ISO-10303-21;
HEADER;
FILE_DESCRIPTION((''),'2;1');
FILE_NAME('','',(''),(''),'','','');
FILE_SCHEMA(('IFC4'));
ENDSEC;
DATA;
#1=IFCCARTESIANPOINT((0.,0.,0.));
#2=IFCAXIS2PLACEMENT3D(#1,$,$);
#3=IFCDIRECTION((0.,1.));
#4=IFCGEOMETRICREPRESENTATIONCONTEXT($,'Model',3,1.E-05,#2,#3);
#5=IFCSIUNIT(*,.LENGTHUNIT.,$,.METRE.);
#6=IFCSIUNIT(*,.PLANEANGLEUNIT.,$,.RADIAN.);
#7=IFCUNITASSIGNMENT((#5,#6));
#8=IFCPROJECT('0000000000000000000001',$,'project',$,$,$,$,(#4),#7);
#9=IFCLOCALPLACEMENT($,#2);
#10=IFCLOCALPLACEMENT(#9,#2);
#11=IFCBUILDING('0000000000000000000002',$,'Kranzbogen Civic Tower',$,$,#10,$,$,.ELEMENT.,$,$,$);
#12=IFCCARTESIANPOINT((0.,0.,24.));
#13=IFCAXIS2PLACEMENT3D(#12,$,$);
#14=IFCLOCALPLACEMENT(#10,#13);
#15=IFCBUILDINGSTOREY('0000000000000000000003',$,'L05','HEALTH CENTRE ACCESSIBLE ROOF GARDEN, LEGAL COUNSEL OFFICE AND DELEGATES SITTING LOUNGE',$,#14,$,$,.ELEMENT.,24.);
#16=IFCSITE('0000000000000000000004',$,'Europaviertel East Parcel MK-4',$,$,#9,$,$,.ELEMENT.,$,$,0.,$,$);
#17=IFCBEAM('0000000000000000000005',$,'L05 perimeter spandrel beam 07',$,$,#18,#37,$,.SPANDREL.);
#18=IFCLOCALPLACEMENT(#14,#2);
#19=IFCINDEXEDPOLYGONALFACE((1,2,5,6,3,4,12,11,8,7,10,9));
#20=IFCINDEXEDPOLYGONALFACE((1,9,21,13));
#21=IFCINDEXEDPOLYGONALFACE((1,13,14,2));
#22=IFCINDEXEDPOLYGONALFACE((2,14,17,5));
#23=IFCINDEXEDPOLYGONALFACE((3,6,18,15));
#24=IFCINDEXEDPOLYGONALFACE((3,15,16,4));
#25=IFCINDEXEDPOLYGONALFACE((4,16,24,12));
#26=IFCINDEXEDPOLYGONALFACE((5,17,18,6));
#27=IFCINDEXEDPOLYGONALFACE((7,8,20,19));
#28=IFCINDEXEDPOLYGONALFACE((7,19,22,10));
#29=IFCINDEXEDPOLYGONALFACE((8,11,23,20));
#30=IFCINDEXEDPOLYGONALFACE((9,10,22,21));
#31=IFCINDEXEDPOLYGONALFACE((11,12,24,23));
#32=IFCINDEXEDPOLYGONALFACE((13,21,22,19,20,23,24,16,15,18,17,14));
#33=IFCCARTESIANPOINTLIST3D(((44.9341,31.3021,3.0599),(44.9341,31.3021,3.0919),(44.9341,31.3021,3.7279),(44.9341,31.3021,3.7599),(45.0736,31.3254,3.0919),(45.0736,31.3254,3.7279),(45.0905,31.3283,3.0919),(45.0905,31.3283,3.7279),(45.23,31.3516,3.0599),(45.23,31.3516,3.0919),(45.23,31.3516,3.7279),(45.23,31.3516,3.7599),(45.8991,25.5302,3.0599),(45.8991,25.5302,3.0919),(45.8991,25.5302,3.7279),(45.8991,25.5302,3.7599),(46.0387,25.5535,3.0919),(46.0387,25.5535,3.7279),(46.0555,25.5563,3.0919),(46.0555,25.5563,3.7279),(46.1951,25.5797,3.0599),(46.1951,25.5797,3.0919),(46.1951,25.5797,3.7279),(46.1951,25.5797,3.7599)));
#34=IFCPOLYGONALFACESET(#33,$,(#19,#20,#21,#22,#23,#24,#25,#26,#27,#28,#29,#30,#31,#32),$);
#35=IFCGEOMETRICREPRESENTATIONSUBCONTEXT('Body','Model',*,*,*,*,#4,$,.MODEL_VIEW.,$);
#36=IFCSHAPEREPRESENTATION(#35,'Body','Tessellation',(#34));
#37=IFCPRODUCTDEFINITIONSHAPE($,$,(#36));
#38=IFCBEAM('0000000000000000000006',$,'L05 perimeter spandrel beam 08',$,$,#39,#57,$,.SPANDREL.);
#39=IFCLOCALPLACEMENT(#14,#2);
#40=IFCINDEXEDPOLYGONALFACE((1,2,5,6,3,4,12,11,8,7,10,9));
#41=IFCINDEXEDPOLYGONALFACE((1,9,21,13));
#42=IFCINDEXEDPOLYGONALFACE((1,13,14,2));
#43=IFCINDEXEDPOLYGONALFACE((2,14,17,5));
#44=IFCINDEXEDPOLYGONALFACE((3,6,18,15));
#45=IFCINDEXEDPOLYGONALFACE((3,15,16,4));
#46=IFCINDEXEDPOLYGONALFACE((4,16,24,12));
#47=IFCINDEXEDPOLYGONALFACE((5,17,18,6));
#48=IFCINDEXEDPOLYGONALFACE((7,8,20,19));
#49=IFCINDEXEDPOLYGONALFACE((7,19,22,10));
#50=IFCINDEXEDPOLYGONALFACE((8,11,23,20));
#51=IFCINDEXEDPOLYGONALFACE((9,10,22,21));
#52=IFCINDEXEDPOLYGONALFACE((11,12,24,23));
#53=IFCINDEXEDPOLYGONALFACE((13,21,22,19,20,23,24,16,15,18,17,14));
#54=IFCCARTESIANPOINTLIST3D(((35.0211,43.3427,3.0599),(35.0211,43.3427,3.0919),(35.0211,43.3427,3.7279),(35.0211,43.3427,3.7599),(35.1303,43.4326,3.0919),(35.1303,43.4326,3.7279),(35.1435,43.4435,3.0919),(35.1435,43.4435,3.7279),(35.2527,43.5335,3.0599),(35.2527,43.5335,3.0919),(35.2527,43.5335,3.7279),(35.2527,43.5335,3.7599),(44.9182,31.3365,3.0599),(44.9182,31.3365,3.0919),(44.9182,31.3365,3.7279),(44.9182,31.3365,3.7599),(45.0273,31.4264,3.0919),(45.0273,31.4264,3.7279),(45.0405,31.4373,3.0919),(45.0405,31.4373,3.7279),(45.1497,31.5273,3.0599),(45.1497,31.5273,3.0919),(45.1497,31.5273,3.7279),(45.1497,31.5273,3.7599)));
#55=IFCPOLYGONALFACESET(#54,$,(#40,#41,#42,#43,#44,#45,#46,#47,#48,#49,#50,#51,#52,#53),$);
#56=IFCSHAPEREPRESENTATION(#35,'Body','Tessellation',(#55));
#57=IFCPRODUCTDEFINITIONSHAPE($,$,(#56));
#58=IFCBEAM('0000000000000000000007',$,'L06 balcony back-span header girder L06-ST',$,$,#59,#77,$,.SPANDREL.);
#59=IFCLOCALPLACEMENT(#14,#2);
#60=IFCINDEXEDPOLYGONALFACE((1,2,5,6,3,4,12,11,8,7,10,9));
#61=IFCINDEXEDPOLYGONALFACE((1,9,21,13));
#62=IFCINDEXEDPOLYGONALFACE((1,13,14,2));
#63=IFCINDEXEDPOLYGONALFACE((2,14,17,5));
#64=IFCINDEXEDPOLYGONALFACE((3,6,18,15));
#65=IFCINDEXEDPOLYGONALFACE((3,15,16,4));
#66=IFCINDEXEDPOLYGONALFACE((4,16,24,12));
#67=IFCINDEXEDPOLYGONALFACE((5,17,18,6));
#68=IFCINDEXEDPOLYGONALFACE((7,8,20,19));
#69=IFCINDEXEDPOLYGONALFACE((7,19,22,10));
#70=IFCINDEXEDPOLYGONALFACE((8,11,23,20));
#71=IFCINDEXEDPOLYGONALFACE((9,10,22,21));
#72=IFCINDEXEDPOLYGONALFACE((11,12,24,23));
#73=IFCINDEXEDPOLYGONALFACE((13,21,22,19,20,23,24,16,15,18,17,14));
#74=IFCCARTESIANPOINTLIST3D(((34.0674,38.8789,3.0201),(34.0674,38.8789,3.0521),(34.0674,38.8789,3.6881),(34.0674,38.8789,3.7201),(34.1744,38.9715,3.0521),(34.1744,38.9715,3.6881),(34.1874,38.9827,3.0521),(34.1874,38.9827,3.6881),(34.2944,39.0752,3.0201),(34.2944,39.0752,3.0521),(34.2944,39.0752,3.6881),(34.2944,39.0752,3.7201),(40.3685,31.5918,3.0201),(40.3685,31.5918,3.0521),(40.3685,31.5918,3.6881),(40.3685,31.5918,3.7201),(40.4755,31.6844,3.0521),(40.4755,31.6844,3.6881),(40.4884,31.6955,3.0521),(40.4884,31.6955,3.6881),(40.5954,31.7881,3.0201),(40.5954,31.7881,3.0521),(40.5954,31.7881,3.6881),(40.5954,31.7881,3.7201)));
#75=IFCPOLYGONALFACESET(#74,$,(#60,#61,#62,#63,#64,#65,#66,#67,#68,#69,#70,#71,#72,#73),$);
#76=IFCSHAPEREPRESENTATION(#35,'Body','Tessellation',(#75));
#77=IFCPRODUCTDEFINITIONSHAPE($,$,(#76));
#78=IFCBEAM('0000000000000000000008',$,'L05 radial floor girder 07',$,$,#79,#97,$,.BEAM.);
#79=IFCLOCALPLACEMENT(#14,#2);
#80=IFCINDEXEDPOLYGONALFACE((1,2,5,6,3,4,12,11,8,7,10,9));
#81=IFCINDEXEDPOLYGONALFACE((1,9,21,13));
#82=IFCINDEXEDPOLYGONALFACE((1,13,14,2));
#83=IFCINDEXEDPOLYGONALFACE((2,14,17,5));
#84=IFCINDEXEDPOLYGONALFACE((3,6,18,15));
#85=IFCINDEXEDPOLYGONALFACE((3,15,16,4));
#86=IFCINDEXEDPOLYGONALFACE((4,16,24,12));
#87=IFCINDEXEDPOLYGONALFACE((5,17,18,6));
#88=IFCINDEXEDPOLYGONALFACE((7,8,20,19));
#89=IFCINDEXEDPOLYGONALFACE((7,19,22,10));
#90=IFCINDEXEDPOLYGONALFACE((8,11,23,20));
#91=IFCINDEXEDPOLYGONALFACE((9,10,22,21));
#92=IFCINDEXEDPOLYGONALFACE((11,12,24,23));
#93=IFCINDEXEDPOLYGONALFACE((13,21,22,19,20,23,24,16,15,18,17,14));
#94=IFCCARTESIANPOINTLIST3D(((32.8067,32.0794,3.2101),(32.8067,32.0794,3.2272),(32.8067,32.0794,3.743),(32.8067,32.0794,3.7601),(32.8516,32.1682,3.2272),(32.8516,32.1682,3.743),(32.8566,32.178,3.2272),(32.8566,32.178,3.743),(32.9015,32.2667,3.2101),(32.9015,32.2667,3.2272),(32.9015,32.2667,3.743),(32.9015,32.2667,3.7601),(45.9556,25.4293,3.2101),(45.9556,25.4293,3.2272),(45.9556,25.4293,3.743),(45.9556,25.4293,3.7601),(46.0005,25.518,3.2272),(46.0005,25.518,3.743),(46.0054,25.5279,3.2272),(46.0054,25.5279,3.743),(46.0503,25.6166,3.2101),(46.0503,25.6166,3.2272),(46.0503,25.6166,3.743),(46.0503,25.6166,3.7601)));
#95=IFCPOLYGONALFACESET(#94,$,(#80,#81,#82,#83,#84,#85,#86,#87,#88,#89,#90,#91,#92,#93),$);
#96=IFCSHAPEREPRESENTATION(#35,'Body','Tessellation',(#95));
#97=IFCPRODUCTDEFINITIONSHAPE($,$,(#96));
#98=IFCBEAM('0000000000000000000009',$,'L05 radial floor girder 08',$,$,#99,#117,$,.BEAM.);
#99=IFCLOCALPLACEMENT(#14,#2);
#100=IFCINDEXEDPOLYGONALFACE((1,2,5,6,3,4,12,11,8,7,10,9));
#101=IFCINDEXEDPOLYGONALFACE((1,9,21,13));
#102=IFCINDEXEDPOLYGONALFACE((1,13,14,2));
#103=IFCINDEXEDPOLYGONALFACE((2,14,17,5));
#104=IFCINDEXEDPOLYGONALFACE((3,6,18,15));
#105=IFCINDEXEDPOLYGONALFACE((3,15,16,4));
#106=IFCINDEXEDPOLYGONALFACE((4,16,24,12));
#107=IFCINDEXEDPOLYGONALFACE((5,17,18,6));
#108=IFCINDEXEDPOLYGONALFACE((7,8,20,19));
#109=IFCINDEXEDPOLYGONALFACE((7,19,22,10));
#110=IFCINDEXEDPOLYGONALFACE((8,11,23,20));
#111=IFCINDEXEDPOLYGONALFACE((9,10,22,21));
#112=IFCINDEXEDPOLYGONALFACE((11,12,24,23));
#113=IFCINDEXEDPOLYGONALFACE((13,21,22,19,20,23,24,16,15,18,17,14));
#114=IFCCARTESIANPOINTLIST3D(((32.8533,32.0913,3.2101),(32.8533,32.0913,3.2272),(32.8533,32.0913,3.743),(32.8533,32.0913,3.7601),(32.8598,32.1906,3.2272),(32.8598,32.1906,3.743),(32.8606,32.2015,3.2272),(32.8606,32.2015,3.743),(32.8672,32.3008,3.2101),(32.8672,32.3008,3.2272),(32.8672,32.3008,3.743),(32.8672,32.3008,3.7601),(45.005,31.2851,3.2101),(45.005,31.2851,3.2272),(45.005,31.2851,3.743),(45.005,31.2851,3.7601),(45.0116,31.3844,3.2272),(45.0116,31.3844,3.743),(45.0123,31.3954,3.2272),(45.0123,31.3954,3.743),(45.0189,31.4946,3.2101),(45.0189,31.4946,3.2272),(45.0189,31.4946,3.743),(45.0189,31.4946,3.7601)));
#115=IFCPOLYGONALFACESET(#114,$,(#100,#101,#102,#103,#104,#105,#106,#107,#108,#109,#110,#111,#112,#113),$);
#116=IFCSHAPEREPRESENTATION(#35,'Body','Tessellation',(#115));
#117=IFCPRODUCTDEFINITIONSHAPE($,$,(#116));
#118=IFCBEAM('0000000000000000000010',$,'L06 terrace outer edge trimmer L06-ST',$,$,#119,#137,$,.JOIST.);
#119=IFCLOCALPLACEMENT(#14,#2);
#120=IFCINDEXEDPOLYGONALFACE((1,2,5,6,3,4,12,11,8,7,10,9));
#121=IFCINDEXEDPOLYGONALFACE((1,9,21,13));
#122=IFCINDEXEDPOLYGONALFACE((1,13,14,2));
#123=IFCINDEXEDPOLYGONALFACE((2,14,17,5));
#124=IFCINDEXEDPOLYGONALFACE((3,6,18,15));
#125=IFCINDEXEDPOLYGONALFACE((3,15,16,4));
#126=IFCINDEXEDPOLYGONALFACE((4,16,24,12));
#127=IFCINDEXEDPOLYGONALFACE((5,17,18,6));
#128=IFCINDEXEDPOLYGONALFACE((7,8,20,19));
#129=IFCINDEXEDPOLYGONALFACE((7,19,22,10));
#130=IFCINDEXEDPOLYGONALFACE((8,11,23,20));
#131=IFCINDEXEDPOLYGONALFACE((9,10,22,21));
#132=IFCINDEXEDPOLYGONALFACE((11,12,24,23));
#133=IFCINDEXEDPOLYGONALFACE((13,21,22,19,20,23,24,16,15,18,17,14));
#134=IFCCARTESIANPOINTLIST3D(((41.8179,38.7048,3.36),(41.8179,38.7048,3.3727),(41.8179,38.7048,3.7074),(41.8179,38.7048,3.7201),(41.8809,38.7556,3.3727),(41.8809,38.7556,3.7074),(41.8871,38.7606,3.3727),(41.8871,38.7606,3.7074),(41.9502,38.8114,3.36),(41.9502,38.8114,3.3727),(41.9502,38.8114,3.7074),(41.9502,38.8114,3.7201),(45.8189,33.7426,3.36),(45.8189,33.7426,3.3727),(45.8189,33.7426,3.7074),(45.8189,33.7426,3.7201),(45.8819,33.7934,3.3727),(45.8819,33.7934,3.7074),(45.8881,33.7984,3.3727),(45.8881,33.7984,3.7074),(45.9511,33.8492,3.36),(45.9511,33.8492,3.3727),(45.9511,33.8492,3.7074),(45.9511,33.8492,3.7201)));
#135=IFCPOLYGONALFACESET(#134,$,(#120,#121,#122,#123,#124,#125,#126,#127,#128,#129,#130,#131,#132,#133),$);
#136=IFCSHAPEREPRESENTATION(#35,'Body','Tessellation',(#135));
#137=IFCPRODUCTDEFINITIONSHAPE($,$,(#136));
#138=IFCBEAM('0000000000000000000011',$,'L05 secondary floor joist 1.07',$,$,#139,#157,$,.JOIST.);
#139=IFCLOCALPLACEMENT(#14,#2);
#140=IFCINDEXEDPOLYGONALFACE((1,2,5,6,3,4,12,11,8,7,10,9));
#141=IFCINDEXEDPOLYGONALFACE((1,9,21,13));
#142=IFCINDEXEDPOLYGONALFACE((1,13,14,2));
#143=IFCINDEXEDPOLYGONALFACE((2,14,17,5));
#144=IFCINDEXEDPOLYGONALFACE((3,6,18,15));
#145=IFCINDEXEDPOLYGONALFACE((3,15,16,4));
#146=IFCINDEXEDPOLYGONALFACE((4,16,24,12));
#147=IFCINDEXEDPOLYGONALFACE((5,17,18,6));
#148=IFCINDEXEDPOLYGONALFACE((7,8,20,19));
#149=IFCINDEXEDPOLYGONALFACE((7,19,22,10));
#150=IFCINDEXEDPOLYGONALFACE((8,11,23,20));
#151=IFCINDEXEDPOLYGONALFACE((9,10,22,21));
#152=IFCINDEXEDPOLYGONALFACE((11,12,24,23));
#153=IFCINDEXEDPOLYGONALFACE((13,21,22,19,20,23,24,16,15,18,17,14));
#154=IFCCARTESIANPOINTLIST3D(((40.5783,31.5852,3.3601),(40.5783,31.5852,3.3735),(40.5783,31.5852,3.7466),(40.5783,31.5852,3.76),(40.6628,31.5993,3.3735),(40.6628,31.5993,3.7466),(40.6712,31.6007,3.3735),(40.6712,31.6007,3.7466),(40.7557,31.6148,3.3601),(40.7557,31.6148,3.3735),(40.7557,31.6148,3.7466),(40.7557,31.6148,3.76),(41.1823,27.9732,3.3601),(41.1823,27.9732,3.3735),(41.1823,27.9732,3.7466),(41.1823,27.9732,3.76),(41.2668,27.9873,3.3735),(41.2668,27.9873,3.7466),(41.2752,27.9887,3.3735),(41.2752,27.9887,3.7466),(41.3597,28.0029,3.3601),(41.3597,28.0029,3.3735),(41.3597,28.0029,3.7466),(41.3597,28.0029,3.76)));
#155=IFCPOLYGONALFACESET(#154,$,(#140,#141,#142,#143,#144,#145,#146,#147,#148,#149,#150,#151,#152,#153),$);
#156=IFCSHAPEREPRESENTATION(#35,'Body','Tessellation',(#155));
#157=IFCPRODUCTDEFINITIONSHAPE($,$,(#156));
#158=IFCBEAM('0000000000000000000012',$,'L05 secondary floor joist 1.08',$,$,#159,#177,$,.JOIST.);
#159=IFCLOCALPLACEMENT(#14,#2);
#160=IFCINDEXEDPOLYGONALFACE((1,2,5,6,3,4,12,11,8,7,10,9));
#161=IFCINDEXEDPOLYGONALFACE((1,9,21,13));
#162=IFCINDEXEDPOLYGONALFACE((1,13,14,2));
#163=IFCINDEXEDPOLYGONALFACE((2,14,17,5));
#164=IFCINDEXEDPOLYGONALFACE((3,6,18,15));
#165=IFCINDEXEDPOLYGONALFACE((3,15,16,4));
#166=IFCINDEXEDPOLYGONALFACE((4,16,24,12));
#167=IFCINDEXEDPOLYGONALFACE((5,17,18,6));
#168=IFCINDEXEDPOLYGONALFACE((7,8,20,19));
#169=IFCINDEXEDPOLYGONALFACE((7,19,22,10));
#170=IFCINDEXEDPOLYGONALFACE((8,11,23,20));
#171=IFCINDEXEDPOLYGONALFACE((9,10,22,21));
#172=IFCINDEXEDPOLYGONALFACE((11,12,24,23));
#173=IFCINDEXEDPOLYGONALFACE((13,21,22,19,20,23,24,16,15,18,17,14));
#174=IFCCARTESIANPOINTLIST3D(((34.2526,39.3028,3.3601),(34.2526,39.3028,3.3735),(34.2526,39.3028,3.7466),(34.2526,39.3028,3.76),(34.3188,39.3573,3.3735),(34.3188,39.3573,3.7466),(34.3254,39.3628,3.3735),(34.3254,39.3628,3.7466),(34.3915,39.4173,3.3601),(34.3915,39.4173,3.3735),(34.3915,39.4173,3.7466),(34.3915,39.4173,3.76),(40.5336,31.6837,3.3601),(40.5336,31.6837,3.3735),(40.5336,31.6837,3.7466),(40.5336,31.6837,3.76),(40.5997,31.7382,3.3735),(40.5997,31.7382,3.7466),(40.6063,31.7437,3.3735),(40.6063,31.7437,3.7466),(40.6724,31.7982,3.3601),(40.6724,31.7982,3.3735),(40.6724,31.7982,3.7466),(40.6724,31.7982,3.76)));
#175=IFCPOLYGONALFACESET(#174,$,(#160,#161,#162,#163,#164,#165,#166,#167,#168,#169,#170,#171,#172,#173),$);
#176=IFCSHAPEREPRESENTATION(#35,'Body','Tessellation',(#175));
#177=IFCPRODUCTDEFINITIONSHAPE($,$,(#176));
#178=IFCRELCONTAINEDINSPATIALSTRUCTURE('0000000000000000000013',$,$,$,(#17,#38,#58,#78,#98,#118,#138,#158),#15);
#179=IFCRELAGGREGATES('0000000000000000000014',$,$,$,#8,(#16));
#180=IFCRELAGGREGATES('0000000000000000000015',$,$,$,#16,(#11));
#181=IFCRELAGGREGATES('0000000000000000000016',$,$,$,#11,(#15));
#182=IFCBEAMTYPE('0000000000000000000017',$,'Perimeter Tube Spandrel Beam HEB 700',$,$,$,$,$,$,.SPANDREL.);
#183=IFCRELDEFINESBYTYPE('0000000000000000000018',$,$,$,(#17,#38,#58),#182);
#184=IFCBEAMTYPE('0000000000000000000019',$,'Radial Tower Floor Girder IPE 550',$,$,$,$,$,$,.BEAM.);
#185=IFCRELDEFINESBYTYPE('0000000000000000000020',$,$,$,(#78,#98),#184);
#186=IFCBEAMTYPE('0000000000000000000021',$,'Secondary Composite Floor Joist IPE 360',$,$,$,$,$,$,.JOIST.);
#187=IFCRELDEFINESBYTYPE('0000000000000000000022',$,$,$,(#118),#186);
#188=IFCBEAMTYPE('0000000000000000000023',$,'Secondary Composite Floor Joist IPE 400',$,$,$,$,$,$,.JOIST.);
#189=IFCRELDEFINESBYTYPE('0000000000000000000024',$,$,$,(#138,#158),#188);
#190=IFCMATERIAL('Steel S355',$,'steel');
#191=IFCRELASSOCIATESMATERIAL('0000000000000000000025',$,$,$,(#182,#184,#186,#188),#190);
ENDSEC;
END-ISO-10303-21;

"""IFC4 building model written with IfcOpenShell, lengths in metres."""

from ifc_helpers import new_model, si_unit, direction, frame, origin, origin_2d, place, context, subcontext, project, spatial, i_section, extrude, material, material_profile, profile_set, type_object, element, save


model = new_model("IFC4")

# Units and contexts
model_context = context("Model", 3, precision=1e-05, world=origin(), true_north=direction((0.0, 1.0)))
body_context = subcontext(model_context, "Body", "Model", "MODEL_VIEW")
ifc_project = project(units=[si_unit("LENGTHUNIT", "METRE"), si_unit("PLANEANGLEUNIT", "RADIAN")], contexts=[model_context])

# Site, building, storey
site_placement = place(None, origin())
site = spatial("IfcSite", under=ifc_project, at=site_placement, Name="Europaviertel East Parcel MK-4", CompositionType="ELEMENT", RefElevation=0.0)
building_placement = place(site_placement, origin())
building = spatial("IfcBuilding", under=site, at=building_placement, Name="Kranzbogen Civic Tower", CompositionType="ELEMENT")
storey_placement = place(building_placement, frame((0.0, 0.0, 24.0)))
storey = spatial("IfcBuildingStorey", under=building, at=storey_placement, Name="L05", Description="HEALTH CENTRE ACCESSIBLE ROOF GARDEN, LEGAL COUNSEL OFFICE AND DELEGATES SITTING LOUNGE", CompositionType="ELEMENT", Elevation=24.0)

# Shared definitions
ifc_material_1 = material(Name="Steel S355", Category="steel")

# Beams
ifc_material_profile_1 = material_profile(ifc_material_1, i_section(OverallWidth=0.3, OverallDepth=0.7, WebThickness=0.0171, FlangeThickness=0.032, at=origin_2d()), Name="HEB 700")
ifc_profile_set_1 = profile_set([ifc_material_profile_1], Name="Steel S355")
beam_type_1 = type_object("IfcBeamType", Name="Perimeter Tube Spandrel Beam HEB 700", PredefinedType="SPANDREL", material=ifc_profile_set_1)
beam_1_placement = place(storey_placement, frame((46.0471, 25.5549, 3.4099), z_axis=(-0.164913, 0.986308, 0.0), x_axis=(-0.986308, -0.164913, 0.0)))
element("IfcBeam", 1, at=beam_1_placement, inside=storey, type_object=beam_type_1, Name="L05 perimeter spandrel beam 07", PredefinedType="SPANDREL", context=body_context, shape_type="SweptSolid", body=[
    extrude(i_section(OverallWidth=0.3, OverallDepth=0.7, WebThickness=0.0171, FlangeThickness=0.032, at=origin_2d()), origin(), (0.0, 0.0, 1.0), 5.8521),
])
beam_2_placement = place(storey_placement, frame((45.0339, 31.4319, 3.4099), z_axis=(-0.636075, 0.771628, 0.0), x_axis=(-0.771628, -0.636075, 0.0)))
element("IfcBeam", 2, at=beam_2_placement, inside=storey, type_object=beam_type_1, Name="L05 perimeter spandrel beam 08", PredefinedType="SPANDREL", context=body_context, shape_type="SweptSolid", body=[
    extrude(i_section(OverallWidth=0.3, OverallDepth=0.7, WebThickness=0.0171, FlangeThickness=0.032, at=origin_2d()), origin(), (0.0, 0.0, 1.0), 15.5596),
])
beam_3_placement = place(storey_placement, frame((40.4819, 31.6899, 3.3701), z_axis=(-0.654072, 0.756432, 0.0), x_axis=(-0.756432, -0.654072, 0.0)))
element("IfcBeam", 3, at=beam_3_placement, inside=storey, type_object=beam_type_1, Name="L06 balcony back-span header girder L06-ST", PredefinedType="SPANDREL", context=body_context, shape_type="SweptSolid", body=[
    extrude(i_section(OverallWidth=0.3, OverallDepth=0.7, WebThickness=0.0171, FlangeThickness=0.032, at=origin_2d()), origin(), (0.0, 0.0, 1.0), 9.6335),
])
ifc_material_profile_2 = material_profile(ifc_material_1, i_section(OverallWidth=0.21, OverallDepth=0.55, WebThickness=0.011, FlangeThickness=0.0171, at=origin_2d()), Name="IPE 550")
ifc_profile_set_2 = profile_set([ifc_material_profile_2], Name="Steel S355")
beam_type_2 = type_object("IfcBeamType", Name="Radial Tower Floor Girder IPE 550", PredefinedType="BEAM", material=ifc_profile_set_2)
beam_4_placement = place(storey_placement, frame((46.0029, 25.5229, 3.4851), z_axis=(-0.892363, 0.451318, 0.0), x_axis=(-0.451318, -0.892363, 0.0)))
element("IfcBeam", 4, at=beam_4_placement, inside=storey, type_object=beam_type_2, Name="L05 radial floor girder 07", PredefinedType="BEAM", context=body_context, shape_type="SweptSolid", body=[
    extrude(i_section(OverallWidth=0.21, OverallDepth=0.55, WebThickness=0.011, FlangeThickness=0.0171, at=origin_2d()), origin(), (0.0, 0.0, 1.0), 14.7349),
])
beam_5_placement = place(storey_placement, frame((45.012, 31.3899, 3.4851), z_axis=(-0.997807, 0.066194, 0.0), x_axis=(-0.066194, -0.997807, 0.0)))
element("IfcBeam", 5, at=beam_5_placement, inside=storey, type_object=beam_type_2, Name="L05 radial floor girder 08", PredefinedType="BEAM", context=body_context, shape_type="SweptSolid", body=[
    extrude(i_section(OverallWidth=0.21, OverallDepth=0.55, WebThickness=0.011, FlangeThickness=0.0171, at=origin_2d()), origin(), (0.0, 0.0, 1.0), 12.1785),
])
ifc_material_profile_3 = material_profile(ifc_material_1, i_section(OverallWidth=0.1699, OverallDepth=0.3601, WebThickness=0.0081, FlangeThickness=0.0127, at=origin_2d()), Name="IPE 360")
ifc_profile_set_3 = profile_set([ifc_material_profile_3], Name="Steel S355")
beam_type_3 = type_object("IfcBeamType", Name="Secondary Composite Floor Joist IPE 360", PredefinedType="JOIST", material=ifc_profile_set_3)
beam_6_placement = place(storey_placement, frame((45.885, 33.7959, 3.54), z_axis=(-0.62768, 0.778472, 0.0), x_axis=(-0.778472, -0.62768, 0.0)))
element("IfcBeam", 6, at=beam_6_placement, inside=storey, type_object=beam_type_3, Name="L06 terrace outer edge trimmer L06-ST", PredefinedType="JOIST", context=body_context, shape_type="SweptSolid", body=[
    extrude(i_section(OverallWidth=0.1699, OverallDepth=0.3601, WebThickness=0.0081, FlangeThickness=0.0127, at=origin_2d()), origin(), (0.0, 0.0, 1.0), 6.3743),
])
ifc_material_profile_4 = material_profile(ifc_material_1, i_section(OverallWidth=0.1799, OverallDepth=0.3999, WebThickness=0.0085, FlangeThickness=0.0134, at=origin_2d()), Name="IPE 400")
ifc_profile_set_4 = profile_set([ifc_material_profile_4], Name="Steel S355")
beam_type_4 = type_object("IfcBeamType", Name="Secondary Composite Floor Joist IPE 400", PredefinedType="JOIST", material=ifc_profile_set_4)
beam_7_placement = place(storey_placement, frame((41.271, 27.988, 3.5601), z_axis=(-0.164929, 0.986305, 0.0), x_axis=(-0.986305, -0.164929, 0.0)))
element("IfcBeam", 7, at=beam_7_placement, inside=storey, type_object=beam_type_4, Name="L05 secondary floor joist 1.07", PredefinedType="JOIST", context=body_context, shape_type="SweptSolid", body=[
    extrude(i_section(OverallWidth=0.1799, OverallDepth=0.3999, WebThickness=0.0085, FlangeThickness=0.0134, at=origin_2d()), origin(), (0.0, 0.0, 1.0), 3.6621),
])
beam_8_placement = place(storey_placement, frame((40.603, 31.741, 3.5601), z_axis=(-0.636095, 0.771611, 0.0), x_axis=(-0.771611, -0.636095, 0.0)))
element("IfcBeam", 8, at=beam_8_placement, inside=storey, type_object=beam_type_4, Name="L05 secondary floor joist 1.08", PredefinedType="JOIST", context=body_context, shape_type="SweptSolid", body=[
    extrude(i_section(OverallWidth=0.1799, OverallDepth=0.3999, WebThickness=0.0085, FlangeThickness=0.0134, at=origin_2d()), origin(), (0.0, 0.0, 1.0), 9.8743),
])

save(model, "model.ifc")
